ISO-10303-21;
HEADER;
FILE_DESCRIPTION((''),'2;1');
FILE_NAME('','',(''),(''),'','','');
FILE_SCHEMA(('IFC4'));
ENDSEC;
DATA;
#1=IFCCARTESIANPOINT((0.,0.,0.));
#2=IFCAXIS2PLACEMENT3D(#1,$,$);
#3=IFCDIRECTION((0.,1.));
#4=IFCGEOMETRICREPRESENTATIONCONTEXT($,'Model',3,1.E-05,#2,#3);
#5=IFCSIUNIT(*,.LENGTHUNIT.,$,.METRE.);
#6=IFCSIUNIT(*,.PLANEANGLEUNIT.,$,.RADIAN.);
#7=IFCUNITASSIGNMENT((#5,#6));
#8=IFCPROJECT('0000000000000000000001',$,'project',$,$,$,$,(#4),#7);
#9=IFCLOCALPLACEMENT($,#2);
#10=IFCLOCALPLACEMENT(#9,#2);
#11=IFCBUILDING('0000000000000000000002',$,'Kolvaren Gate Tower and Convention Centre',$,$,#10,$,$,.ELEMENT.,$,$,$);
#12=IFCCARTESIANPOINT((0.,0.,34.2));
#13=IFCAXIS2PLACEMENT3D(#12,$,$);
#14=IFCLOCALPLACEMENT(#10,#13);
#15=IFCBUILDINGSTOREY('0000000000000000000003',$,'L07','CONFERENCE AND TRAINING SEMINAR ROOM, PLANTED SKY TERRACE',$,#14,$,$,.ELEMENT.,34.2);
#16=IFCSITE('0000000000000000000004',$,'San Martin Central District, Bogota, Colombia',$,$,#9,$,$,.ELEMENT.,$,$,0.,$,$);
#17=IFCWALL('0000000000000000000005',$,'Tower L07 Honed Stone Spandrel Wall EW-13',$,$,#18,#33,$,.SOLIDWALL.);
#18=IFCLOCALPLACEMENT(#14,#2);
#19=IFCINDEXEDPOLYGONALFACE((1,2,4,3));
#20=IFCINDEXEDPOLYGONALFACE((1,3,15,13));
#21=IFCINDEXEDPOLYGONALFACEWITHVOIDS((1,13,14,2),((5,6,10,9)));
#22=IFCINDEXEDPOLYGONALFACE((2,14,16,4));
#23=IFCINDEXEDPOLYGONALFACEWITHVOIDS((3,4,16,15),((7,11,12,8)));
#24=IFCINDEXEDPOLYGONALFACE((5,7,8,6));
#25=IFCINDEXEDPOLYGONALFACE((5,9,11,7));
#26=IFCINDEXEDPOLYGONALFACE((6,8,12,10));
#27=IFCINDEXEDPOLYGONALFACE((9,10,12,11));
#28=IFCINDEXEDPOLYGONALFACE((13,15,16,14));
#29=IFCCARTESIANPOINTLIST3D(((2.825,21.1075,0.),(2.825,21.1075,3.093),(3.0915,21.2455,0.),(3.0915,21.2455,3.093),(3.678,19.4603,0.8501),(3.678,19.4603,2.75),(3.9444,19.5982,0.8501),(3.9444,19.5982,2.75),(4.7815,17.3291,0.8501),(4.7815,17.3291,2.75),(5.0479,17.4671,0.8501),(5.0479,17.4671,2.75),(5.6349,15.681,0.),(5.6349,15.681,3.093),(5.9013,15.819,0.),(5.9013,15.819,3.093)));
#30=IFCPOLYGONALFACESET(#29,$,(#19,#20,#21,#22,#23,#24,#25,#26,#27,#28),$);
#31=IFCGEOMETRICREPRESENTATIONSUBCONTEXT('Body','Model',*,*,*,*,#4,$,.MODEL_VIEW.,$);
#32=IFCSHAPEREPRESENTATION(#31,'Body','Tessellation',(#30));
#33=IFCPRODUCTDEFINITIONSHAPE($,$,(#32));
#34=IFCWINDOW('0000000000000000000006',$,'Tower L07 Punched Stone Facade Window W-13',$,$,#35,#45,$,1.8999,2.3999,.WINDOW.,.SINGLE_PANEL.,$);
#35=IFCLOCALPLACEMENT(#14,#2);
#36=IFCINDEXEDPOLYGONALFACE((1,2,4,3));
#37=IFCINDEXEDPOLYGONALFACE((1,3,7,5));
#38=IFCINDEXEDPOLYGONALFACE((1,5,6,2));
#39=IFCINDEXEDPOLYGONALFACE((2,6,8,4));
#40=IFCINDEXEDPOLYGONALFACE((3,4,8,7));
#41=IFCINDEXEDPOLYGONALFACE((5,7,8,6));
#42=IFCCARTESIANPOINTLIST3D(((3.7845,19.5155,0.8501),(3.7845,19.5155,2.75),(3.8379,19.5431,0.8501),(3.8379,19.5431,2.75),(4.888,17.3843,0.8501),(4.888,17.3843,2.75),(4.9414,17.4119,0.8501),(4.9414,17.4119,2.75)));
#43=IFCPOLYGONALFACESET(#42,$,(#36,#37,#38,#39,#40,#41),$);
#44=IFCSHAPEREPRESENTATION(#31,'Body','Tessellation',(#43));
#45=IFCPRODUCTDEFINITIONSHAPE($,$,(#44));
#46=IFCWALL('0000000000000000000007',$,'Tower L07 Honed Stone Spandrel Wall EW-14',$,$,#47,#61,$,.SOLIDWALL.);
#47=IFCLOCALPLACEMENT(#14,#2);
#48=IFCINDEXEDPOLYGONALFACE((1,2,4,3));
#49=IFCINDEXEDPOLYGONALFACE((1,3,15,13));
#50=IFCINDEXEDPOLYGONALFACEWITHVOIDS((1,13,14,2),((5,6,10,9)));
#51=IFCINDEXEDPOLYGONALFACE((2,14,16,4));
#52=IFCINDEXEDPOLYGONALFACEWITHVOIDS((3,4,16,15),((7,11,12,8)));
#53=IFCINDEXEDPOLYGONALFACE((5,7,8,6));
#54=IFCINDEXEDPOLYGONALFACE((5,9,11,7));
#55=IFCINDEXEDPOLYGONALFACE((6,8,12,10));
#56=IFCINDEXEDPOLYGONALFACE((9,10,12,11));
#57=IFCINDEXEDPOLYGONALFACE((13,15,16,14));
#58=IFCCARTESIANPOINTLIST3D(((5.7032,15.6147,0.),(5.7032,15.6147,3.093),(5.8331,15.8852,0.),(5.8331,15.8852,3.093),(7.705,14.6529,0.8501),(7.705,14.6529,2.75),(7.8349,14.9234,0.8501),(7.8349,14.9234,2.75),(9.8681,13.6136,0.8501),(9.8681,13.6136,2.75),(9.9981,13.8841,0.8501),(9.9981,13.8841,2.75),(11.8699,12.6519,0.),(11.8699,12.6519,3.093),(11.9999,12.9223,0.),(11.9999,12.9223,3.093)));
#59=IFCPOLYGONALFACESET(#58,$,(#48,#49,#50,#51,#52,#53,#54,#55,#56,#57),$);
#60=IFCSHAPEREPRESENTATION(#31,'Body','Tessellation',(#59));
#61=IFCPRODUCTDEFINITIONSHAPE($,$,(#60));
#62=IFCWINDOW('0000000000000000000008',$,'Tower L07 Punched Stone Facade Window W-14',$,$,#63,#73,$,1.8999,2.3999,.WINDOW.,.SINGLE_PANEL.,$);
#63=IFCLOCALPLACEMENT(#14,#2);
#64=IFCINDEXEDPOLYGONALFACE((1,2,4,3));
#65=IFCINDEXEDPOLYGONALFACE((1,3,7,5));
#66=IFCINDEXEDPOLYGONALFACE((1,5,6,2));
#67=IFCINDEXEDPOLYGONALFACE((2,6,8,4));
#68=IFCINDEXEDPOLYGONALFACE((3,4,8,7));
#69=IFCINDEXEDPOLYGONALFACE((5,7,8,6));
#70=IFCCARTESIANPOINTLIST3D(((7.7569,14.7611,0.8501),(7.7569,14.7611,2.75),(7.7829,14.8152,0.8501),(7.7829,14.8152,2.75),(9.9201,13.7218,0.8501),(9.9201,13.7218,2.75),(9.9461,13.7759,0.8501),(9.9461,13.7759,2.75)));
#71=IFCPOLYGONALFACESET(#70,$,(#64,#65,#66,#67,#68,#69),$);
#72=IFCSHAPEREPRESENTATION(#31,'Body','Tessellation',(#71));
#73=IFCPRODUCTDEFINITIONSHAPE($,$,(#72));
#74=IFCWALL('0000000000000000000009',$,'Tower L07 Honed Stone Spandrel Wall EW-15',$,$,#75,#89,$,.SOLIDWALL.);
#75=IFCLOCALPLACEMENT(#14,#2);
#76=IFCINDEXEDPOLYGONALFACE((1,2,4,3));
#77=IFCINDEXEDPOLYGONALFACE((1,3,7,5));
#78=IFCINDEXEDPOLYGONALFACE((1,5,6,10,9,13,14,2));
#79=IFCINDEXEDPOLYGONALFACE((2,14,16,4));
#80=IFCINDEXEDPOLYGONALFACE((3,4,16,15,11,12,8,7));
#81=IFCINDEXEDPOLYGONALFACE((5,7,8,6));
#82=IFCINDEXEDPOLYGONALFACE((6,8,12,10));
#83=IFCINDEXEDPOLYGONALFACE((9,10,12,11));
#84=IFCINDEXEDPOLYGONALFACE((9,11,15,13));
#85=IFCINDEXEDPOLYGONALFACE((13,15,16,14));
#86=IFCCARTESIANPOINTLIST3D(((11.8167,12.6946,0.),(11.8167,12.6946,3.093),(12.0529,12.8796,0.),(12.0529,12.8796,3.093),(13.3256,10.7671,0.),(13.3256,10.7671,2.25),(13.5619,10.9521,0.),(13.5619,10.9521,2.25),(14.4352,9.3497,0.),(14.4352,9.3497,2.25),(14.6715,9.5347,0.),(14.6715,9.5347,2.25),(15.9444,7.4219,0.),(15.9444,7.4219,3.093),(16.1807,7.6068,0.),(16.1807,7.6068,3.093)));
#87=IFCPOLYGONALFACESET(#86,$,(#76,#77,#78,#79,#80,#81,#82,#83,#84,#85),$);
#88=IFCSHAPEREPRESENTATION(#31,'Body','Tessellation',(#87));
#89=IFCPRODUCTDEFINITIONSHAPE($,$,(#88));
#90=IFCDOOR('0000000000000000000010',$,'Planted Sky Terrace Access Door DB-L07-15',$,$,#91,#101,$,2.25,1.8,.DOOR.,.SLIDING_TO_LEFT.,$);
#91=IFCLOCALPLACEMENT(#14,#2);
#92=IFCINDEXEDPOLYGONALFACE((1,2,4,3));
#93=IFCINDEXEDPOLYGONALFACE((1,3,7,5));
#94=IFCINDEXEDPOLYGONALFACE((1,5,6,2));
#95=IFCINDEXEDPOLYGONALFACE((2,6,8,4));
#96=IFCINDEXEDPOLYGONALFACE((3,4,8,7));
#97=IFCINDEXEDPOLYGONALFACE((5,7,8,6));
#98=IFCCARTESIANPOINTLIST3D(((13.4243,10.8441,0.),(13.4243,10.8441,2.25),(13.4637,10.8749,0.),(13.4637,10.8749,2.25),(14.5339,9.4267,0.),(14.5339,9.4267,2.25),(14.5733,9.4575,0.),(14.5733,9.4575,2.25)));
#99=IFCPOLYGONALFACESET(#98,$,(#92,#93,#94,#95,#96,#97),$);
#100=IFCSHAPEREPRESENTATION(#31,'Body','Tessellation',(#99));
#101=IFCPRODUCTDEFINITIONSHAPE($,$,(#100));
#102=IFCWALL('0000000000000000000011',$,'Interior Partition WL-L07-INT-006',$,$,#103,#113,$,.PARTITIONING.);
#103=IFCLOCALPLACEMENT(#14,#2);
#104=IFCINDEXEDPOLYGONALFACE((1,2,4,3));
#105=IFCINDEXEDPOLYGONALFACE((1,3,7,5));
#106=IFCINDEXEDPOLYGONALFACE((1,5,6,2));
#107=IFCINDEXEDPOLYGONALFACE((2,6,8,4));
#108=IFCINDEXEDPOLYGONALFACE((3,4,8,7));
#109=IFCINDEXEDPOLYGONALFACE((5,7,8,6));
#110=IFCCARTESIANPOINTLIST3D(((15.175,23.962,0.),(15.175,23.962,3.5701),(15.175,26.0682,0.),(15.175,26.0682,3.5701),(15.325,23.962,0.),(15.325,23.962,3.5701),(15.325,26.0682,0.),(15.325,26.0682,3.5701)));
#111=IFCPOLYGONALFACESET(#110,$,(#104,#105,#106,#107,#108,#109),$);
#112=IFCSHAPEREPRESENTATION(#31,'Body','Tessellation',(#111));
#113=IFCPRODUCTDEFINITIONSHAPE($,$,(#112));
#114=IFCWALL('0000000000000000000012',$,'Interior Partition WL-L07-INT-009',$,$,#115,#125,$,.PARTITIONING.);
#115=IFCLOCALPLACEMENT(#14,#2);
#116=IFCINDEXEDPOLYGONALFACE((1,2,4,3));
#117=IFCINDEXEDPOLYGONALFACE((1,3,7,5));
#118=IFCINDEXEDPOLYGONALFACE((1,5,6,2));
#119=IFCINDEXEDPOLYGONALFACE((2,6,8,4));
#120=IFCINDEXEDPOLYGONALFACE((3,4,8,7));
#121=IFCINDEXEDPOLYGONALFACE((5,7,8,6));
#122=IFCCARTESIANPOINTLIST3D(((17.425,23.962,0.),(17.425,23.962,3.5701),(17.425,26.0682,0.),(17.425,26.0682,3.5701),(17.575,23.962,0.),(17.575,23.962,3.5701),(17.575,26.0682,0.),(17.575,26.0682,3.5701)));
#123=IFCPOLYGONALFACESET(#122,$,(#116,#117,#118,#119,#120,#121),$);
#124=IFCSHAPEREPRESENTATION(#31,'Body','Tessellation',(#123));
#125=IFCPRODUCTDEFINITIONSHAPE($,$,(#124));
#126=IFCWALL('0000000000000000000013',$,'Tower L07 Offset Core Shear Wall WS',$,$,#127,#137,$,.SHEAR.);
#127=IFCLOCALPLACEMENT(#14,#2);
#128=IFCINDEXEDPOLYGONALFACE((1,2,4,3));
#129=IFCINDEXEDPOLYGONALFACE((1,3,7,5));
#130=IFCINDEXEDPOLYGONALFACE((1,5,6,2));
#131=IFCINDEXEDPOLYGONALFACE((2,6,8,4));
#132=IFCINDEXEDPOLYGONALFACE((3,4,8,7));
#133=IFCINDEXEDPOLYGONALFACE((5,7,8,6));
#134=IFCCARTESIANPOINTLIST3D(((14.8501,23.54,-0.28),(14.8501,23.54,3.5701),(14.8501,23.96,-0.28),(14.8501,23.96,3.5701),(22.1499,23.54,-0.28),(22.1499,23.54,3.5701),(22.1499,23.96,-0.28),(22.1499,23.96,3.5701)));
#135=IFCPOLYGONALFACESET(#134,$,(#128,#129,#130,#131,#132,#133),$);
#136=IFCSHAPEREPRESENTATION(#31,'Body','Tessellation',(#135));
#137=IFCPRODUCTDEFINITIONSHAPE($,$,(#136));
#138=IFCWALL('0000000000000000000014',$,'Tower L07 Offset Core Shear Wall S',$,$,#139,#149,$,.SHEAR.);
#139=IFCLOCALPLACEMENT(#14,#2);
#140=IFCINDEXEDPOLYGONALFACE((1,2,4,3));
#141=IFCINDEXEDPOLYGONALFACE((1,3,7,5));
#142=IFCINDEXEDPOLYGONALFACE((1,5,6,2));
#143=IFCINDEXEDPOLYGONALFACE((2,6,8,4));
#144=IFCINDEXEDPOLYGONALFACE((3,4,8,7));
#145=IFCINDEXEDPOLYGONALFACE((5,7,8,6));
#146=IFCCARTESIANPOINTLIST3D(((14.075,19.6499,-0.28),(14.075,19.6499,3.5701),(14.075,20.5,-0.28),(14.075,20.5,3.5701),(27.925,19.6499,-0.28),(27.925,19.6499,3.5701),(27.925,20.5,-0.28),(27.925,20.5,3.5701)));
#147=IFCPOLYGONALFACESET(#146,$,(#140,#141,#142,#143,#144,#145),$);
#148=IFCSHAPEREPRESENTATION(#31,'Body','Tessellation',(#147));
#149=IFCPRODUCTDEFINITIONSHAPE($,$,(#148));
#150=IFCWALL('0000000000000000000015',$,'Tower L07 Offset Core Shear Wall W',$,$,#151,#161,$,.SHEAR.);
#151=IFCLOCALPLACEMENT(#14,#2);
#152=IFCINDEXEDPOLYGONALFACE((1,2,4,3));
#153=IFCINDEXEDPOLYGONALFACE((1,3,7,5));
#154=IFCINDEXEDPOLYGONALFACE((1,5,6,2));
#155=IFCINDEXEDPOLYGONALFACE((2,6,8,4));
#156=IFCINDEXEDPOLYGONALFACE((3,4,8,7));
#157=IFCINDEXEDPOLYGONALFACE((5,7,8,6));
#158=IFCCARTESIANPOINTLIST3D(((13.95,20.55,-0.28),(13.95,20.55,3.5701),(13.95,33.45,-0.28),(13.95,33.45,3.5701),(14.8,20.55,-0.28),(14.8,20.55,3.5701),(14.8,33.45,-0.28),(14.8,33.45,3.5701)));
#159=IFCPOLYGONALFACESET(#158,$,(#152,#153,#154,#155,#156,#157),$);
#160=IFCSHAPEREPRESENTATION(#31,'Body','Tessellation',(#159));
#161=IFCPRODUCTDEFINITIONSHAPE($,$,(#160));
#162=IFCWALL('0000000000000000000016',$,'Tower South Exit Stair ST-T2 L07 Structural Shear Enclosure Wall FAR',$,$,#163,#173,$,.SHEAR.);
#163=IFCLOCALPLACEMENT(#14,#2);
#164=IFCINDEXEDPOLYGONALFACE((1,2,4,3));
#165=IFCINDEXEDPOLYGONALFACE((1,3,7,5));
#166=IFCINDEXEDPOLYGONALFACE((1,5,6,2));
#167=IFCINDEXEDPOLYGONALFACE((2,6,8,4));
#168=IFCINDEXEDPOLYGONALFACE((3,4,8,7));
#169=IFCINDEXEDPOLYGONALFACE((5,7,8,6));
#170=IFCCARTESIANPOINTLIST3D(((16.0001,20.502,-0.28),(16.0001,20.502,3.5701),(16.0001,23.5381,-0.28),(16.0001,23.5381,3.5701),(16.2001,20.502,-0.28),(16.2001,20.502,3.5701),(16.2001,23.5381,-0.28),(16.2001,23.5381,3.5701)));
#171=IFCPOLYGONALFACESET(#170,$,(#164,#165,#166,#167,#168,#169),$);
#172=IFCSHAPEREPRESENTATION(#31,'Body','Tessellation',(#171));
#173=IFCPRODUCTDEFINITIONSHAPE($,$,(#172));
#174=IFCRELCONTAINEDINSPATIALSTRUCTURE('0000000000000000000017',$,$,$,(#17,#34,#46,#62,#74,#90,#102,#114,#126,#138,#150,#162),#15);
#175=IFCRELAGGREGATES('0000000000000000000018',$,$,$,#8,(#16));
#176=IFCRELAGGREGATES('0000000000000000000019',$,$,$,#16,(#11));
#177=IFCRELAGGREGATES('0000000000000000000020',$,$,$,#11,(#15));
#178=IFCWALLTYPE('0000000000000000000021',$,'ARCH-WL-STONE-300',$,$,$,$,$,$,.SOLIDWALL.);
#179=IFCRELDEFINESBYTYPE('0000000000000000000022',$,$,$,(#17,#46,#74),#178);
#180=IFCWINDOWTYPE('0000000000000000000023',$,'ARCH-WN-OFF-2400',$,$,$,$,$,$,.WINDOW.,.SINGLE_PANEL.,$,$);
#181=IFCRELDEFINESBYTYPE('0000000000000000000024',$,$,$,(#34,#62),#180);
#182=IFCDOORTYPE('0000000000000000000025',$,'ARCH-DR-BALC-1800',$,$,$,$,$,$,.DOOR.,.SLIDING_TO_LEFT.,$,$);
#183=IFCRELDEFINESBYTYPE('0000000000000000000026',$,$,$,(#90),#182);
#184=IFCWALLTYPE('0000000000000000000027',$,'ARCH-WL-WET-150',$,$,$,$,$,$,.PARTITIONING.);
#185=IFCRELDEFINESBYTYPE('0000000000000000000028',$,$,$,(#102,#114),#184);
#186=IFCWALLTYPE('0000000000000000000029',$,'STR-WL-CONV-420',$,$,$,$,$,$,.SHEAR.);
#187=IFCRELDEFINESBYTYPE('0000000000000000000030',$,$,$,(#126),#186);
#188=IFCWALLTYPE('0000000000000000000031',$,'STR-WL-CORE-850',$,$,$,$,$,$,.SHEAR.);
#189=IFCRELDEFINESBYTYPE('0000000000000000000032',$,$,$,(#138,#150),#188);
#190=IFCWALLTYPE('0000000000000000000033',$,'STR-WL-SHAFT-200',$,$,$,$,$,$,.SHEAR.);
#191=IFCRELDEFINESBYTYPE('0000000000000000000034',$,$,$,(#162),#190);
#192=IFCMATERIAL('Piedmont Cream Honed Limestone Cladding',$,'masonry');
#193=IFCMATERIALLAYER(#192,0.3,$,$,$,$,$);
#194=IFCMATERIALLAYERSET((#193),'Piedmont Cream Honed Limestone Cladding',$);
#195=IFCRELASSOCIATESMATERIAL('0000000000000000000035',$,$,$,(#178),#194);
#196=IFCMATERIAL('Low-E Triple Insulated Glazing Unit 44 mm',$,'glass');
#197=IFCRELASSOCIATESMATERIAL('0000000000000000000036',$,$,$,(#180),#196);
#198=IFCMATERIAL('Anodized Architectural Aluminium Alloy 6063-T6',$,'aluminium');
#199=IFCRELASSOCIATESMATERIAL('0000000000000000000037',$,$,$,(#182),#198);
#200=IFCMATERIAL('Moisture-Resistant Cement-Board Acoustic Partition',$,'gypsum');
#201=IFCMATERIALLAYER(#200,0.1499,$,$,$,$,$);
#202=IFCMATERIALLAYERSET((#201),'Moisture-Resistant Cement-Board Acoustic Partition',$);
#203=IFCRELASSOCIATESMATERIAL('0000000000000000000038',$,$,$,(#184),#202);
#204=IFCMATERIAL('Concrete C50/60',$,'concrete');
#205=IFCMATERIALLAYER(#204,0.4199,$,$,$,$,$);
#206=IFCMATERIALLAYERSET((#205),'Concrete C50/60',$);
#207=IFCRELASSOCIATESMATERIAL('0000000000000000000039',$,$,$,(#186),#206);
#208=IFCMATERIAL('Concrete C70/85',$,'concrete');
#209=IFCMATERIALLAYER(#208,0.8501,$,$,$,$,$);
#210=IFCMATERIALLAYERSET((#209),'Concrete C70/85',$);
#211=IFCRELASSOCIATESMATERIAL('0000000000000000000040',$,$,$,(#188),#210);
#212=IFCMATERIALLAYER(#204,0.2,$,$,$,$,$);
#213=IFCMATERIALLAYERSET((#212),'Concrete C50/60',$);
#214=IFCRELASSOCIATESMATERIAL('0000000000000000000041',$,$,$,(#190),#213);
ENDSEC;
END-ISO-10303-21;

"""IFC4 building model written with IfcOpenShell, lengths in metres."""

from ifc_helpers import new_model, si_unit, direction, frame, frame_2d, origin, place, context, subcontext, project, spatial, rectangle, extrude, material, layer, layer_set, type_object, element, fill, save


model = new_model("IFC4")

# Units and contexts
model_context = context("Model", 3, precision=1e-05, world=origin(), true_north=direction((0.0, 1.0)))
body_context = subcontext(model_context, "Body", "Model", "MODEL_VIEW")
ifc_project = project(units=[si_unit("LENGTHUNIT", "METRE"), si_unit("PLANEANGLEUNIT", "RADIAN")], contexts=[model_context])

# Site, building, storey
site_placement = place(None, origin())
site = spatial("IfcSite", under=ifc_project, at=site_placement, Name="San Martin Central District, Bogota, Colombia", CompositionType="ELEMENT", RefElevation=0.0)
building_placement = place(site_placement, origin())
building = spatial("IfcBuilding", under=site, at=building_placement, Name="Kolvaren Gate Tower and Convention Centre", CompositionType="ELEMENT")
storey_placement = place(building_placement, frame((0.0, 0.0, 34.2)))
storey = spatial("IfcBuildingStorey", under=building, at=storey_placement, Name="L07", Description="CONFERENCE AND TRAINING SEMINAR ROOM, PLANTED SKY TERRACE", CompositionType="ELEMENT", Elevation=34.2)

# Shared definitions
ifc_material_1 = material(Name="Concrete C70/85", Category="concrete")

# Shared definitions
ifc_material_2 = material(Name="Piedmont Cream Honed Limestone Cladding", Category="masonry")

# Walls, openings, windows
ifc_layer_1 = layer(ifc_material_2, 0.3)
ifc_layer_set_1 = layer_set([ifc_layer_1], Name="Piedmont Cream Honed Limestone Cladding")
wall_type_1 = type_object("IfcWallType", Name="ARCH-WL-STONE-300", PredefinedType="SOLIDWALL", material=ifc_layer_set_1)
wall_1_placement = place(storey_placement, frame((2.9583, 21.1765, 0.0), z_axis=(0.0, 0.0, 1.0), x_axis=(0.45981, -0.888017, 0.0)))
wall_1 = element("IfcWall", 1, at=wall_1_placement, inside=storey, type_object=wall_type_1, Name="Tower L07 Honed Stone Spandrel Wall EW-13", PredefinedType="SOLIDWALL", context=body_context, shape_type="SweptSolid", body=[
    extrude(rectangle(XDim=6.1108, YDim=0.3, at=frame_2d((3.0554, 0.0))), origin(), (0.0, 0.0, 1.0), 3.093),
])
opening_1_placement = place(wall_1_placement, frame((1.855, 0.0, 0.8501)))
opening_1 = element("IfcOpeningElement", 2, at=opening_1_placement, cuts=wall_1, PredefinedType="OPENING", context=body_context, shape_type="SweptSolid", body=[
    extrude(rectangle(XDim=2.3999, YDim=1.8999, at=frame_2d((1.2, 0.95))), frame((0.0, 0.1599, 0.0), z_axis=(0.0, -1.0, 0.0), x_axis=(1.0, 0.0, 0.0)), (0.0, 0.0, 1.0), 0.3201),
])
ifc_material_3 = material(Name="Low-E Triple Insulated Glazing Unit 44 mm", Category="glass")
window_type = type_object("IfcWindowType", Name="ARCH-WN-OFF-2400", PartitioningType="SINGLE_PANEL", PredefinedType="WINDOW", material=ifc_material_3)
window_1_placement = place(opening_1_placement, origin())
window_1 = element("IfcWindow", 3, at=window_1_placement, inside=storey, type_object=window_type, Name="Tower L07 Punched Stone Facade Window W-13", OverallHeight=1.8999, OverallWidth=2.3999, PartitioningType="SINGLE_PANEL", PredefinedType="WINDOW", context=body_context, shape_type="SweptSolid", body=[
    extrude(rectangle(XDim=2.3999, YDim=1.8999, at=frame_2d((1.2, 0.95))), frame((0.0, 0.03, 0.0), z_axis=(0.0, -1.0, 0.0), x_axis=(1.0, 0.0, 0.0)), (0.0, 0.0, 1.0), 0.0601),
])
fill(opening_1, window_1)
wall_2_placement = place(storey_placement, frame((5.7681, 15.75, 0.0), z_axis=(0.0, 0.0, 1.0), x_axis=(0.90136, -0.43307, 0.0)))
wall_2 = element("IfcWall", 4, at=wall_2_placement, inside=storey, type_object=wall_type_1, Name="Tower L07 Honed Stone Spandrel Wall EW-14", PredefinedType="SOLIDWALL", context=body_context, shape_type="SweptSolid", body=[
    extrude(rectangle(XDim=6.8416, YDim=0.3, at=frame_2d((3.4209, 0.0))), origin(), (0.0, 0.0, 1.0), 3.093),
])
opening_2_placement = place(wall_2_placement, frame((2.2209, 0.0, 0.8501)))
opening_2 = element("IfcOpeningElement", 5, at=opening_2_placement, cuts=wall_2, PredefinedType="OPENING", context=body_context, shape_type="SweptSolid", body=[
    extrude(rectangle(XDim=2.3999, YDim=1.8999, at=frame_2d((1.2, 0.95))), frame((0.0, 0.1599, 0.0), z_axis=(0.0, -1.0, 0.0), x_axis=(1.0, 0.0, 0.0)), (0.0, 0.0, 1.0), 0.3201),
])
window_2_placement = place(opening_2_placement, origin())
window_2 = element("IfcWindow", 6, at=window_2_placement, inside=storey, type_object=window_type, Name="Tower L07 Punched Stone Facade Window W-14", OverallHeight=1.8999, OverallWidth=2.3999, PartitioningType="SINGLE_PANEL", PredefinedType="WINDOW", context=body_context, shape_type="SweptSolid", body=[
    extrude(rectangle(XDim=2.3999, YDim=1.8999, at=frame_2d((1.2, 0.95))), frame((0.0, 0.03, 0.0), z_axis=(0.0, -1.0, 0.0), x_axis=(1.0, 0.0, 0.0)), (0.0, 0.0, 1.0), 0.0601),
])
fill(opening_2, window_2)

# Wall, opening, door
wall_3_placement = place(storey_placement, frame((11.9348, 12.7871, 0.0), z_axis=(0.0, 0.0, 1.0), x_axis=(0.616421, -0.787417, 0.0)))
wall_3 = element("IfcWall", 7, at=wall_3_placement, inside=storey, type_object=wall_type_1, Name="Tower L07 Honed Stone Spandrel Wall EW-15", PredefinedType="SOLIDWALL", context=body_context, shape_type="SweptSolid", body=[
    extrude(rectangle(XDim=6.6963, YDim=0.3, at=frame_2d((3.3481, 0.0))), origin(), (0.0, 0.0, 1.0), 3.093),
])
opening_3_placement = place(wall_3_placement, frame((2.448, 0.0, 0.0)))
opening_3 = element("IfcOpeningElement", 8, at=opening_3_placement, cuts=wall_3, PredefinedType="OPENING", context=body_context, shape_type="SweptSolid", body=[
    extrude(rectangle(XDim=1.8, YDim=2.25, at=frame_2d((0.8999, 1.125))), frame((0.0, 0.1599, 0.0), z_axis=(0.0, -1.0, 0.0), x_axis=(1.0, 0.0, 0.0)), (0.0, 0.0, 1.0), 0.3201),
])
ifc_material_4 = material(Name="Anodized Architectural Aluminium Alloy 6063-T6", Category="aluminium")
door_type_1 = type_object("IfcDoorType", Name="ARCH-DR-BALC-1800", OperationType="SLIDING_TO_LEFT", PredefinedType="DOOR", material=ifc_material_4)
door_1_placement = place(opening_3_placement, frame((1.8, 0.0, 0.0), z_axis=(0.0, 0.0, 1.0), x_axis=(-1.0, 0.0, 0.0)))
door_1 = element("IfcDoor", 9, at=door_1_placement, inside=storey, type_object=door_type_1, Name="Planted Sky Terrace Access Door DB-L07-15", OperationType="SLIDING_TO_LEFT", OverallHeight=2.25, OverallWidth=1.8, PredefinedType="DOOR", context=body_context, shape_type="SweptSolid", body=[
    extrude(rectangle(XDim=1.8, YDim=2.25, at=frame_2d((0.8999, 1.125))), frame((0.0, 0.0249, 0.0), z_axis=(0.0, -1.0, 0.0), x_axis=(1.0, 0.0, 0.0)), (0.0, 0.0, 1.0), 0.05),
])
fill(opening_3, door_1)

# Walls
ifc_material_5 = material(Name="Moisture-Resistant Cement-Board Acoustic Partition", Category="gypsum")
ifc_layer_2 = layer(ifc_material_5, 0.1499)
ifc_layer_set_2 = layer_set([ifc_layer_2], Name="Moisture-Resistant Cement-Board Acoustic Partition")
wall_type_2 = type_object("IfcWallType", Name="ARCH-WL-WET-150", PredefinedType="PARTITIONING", material=ifc_layer_set_2)
for number, where, z_axis, x_axis, name in (
    (10, (15.25, 23.9619, 0.0), (0.0, 0.0, 1.0), (0.0, 1.0, 0.0), "Interior Partition WL-L07-INT-006"),
    (11, (17.5, 23.9619, 0.0), (0.0, 0.0, 1.0), (0.0, 1.0, 0.0), "Interior Partition WL-L07-INT-009"),
):
    element("IfcWall", number, at=place(storey_placement, frame(where, z_axis=z_axis, x_axis=x_axis)), inside=storey, type_object=wall_type_2, Name=name, PredefinedType="PARTITIONING", context=body_context, shape_type="SweptSolid", body=[
        extrude(rectangle(XDim=2.1062, YDim=0.1499, at=frame_2d((1.0532, 0.0))), origin(), (0.0, 0.0, 1.0), 3.5701),
    ])
ifc_material_6 = material(Name="Concrete C50/60", Category="concrete")
ifc_layer_3 = layer(ifc_material_6, 0.4199)
ifc_layer_set_3 = layer_set([ifc_layer_3], Name="Concrete C50/60")
wall_type_3 = type_object("IfcWallType", Name="STR-WL-CONV-420", PredefinedType="SHEAR", material=ifc_layer_set_3)
wall_4_placement = place(storey_placement, frame((14.8501, 23.75, -0.28), z_axis=(0.0, 0.0, 1.0), x_axis=(1.0, 0.0, 0.0)))
element("IfcWall", 12, at=wall_4_placement, inside=storey, type_object=wall_type_3, Name="Tower L07 Offset Core Shear Wall WS", PredefinedType="SHEAR", context=body_context, shape_type="SweptSolid", body=[
    extrude(rectangle(XDim=7.2998, YDim=0.4199, at=frame_2d((3.6499, 0.0))), origin(), (0.0, 0.0, 1.0), 3.8501),
])
ifc_layer_4 = layer(ifc_material_1, 0.8501)
ifc_layer_set_4 = layer_set([ifc_layer_4], Name="Concrete C70/85")
wall_type_4 = type_object("IfcWallType", Name="STR-WL-CORE-850", PredefinedType="SHEAR", material=ifc_layer_set_4)
wall_5_placement = place(storey_placement, frame((14.075, 20.075, -0.28), z_axis=(0.0, 0.0, 1.0), x_axis=(1.0, 0.0, 0.0)))
element("IfcWall", 13, at=wall_5_placement, inside=storey, type_object=wall_type_4, Name="Tower L07 Offset Core Shear Wall S", PredefinedType="SHEAR", context=body_context, shape_type="SweptSolid", body=[
    extrude(rectangle(XDim=13.8501, YDim=0.8501, at=frame_2d((6.925, 0.0))), origin(), (0.0, 0.0, 1.0), 3.8501),
])
wall_6_placement = place(storey_placement, frame((14.375, 20.55, -0.28), z_axis=(0.0, 0.0, 1.0), x_axis=(0.0, 1.0, 0.0)))
element("IfcWall", 14, at=wall_6_placement, inside=storey, type_object=wall_type_4, Name="Tower L07 Offset Core Shear Wall W", PredefinedType="SHEAR", context=body_context, shape_type="SweptSolid", body=[
    extrude(rectangle(XDim=12.8999, YDim=0.8501, at=frame_2d((6.45, 0.0))), origin(), (0.0, 0.0, 1.0), 3.8501),
])
ifc_layer_5 = layer(ifc_material_6, 0.2)
ifc_layer_set_5 = layer_set([ifc_layer_5], Name="Concrete C50/60")
wall_type_5 = type_object("IfcWallType", Name="STR-WL-SHAFT-200", PredefinedType="SHEAR", material=ifc_layer_set_5)
wall_7_placement = place(storey_placement, frame((16.1001, 20.502, -0.28), z_axis=(0.0, 0.0, 1.0), x_axis=(0.0, 1.0, 0.0)))
element("IfcWall", 15, at=wall_7_placement, inside=storey, type_object=wall_type_5, Name="Tower South Exit Stair ST-T2 L07 Structural Shear Enclosure Wall FAR", PredefinedType="SHEAR", context=body_context, shape_type="SweptSolid", body=[
    extrude(rectangle(XDim=3.0361, YDim=0.2, at=frame_2d((1.5181, 0.0))), origin(), (0.0, 0.0, 1.0), 3.8501),
])

save(model, "model.ifc")
